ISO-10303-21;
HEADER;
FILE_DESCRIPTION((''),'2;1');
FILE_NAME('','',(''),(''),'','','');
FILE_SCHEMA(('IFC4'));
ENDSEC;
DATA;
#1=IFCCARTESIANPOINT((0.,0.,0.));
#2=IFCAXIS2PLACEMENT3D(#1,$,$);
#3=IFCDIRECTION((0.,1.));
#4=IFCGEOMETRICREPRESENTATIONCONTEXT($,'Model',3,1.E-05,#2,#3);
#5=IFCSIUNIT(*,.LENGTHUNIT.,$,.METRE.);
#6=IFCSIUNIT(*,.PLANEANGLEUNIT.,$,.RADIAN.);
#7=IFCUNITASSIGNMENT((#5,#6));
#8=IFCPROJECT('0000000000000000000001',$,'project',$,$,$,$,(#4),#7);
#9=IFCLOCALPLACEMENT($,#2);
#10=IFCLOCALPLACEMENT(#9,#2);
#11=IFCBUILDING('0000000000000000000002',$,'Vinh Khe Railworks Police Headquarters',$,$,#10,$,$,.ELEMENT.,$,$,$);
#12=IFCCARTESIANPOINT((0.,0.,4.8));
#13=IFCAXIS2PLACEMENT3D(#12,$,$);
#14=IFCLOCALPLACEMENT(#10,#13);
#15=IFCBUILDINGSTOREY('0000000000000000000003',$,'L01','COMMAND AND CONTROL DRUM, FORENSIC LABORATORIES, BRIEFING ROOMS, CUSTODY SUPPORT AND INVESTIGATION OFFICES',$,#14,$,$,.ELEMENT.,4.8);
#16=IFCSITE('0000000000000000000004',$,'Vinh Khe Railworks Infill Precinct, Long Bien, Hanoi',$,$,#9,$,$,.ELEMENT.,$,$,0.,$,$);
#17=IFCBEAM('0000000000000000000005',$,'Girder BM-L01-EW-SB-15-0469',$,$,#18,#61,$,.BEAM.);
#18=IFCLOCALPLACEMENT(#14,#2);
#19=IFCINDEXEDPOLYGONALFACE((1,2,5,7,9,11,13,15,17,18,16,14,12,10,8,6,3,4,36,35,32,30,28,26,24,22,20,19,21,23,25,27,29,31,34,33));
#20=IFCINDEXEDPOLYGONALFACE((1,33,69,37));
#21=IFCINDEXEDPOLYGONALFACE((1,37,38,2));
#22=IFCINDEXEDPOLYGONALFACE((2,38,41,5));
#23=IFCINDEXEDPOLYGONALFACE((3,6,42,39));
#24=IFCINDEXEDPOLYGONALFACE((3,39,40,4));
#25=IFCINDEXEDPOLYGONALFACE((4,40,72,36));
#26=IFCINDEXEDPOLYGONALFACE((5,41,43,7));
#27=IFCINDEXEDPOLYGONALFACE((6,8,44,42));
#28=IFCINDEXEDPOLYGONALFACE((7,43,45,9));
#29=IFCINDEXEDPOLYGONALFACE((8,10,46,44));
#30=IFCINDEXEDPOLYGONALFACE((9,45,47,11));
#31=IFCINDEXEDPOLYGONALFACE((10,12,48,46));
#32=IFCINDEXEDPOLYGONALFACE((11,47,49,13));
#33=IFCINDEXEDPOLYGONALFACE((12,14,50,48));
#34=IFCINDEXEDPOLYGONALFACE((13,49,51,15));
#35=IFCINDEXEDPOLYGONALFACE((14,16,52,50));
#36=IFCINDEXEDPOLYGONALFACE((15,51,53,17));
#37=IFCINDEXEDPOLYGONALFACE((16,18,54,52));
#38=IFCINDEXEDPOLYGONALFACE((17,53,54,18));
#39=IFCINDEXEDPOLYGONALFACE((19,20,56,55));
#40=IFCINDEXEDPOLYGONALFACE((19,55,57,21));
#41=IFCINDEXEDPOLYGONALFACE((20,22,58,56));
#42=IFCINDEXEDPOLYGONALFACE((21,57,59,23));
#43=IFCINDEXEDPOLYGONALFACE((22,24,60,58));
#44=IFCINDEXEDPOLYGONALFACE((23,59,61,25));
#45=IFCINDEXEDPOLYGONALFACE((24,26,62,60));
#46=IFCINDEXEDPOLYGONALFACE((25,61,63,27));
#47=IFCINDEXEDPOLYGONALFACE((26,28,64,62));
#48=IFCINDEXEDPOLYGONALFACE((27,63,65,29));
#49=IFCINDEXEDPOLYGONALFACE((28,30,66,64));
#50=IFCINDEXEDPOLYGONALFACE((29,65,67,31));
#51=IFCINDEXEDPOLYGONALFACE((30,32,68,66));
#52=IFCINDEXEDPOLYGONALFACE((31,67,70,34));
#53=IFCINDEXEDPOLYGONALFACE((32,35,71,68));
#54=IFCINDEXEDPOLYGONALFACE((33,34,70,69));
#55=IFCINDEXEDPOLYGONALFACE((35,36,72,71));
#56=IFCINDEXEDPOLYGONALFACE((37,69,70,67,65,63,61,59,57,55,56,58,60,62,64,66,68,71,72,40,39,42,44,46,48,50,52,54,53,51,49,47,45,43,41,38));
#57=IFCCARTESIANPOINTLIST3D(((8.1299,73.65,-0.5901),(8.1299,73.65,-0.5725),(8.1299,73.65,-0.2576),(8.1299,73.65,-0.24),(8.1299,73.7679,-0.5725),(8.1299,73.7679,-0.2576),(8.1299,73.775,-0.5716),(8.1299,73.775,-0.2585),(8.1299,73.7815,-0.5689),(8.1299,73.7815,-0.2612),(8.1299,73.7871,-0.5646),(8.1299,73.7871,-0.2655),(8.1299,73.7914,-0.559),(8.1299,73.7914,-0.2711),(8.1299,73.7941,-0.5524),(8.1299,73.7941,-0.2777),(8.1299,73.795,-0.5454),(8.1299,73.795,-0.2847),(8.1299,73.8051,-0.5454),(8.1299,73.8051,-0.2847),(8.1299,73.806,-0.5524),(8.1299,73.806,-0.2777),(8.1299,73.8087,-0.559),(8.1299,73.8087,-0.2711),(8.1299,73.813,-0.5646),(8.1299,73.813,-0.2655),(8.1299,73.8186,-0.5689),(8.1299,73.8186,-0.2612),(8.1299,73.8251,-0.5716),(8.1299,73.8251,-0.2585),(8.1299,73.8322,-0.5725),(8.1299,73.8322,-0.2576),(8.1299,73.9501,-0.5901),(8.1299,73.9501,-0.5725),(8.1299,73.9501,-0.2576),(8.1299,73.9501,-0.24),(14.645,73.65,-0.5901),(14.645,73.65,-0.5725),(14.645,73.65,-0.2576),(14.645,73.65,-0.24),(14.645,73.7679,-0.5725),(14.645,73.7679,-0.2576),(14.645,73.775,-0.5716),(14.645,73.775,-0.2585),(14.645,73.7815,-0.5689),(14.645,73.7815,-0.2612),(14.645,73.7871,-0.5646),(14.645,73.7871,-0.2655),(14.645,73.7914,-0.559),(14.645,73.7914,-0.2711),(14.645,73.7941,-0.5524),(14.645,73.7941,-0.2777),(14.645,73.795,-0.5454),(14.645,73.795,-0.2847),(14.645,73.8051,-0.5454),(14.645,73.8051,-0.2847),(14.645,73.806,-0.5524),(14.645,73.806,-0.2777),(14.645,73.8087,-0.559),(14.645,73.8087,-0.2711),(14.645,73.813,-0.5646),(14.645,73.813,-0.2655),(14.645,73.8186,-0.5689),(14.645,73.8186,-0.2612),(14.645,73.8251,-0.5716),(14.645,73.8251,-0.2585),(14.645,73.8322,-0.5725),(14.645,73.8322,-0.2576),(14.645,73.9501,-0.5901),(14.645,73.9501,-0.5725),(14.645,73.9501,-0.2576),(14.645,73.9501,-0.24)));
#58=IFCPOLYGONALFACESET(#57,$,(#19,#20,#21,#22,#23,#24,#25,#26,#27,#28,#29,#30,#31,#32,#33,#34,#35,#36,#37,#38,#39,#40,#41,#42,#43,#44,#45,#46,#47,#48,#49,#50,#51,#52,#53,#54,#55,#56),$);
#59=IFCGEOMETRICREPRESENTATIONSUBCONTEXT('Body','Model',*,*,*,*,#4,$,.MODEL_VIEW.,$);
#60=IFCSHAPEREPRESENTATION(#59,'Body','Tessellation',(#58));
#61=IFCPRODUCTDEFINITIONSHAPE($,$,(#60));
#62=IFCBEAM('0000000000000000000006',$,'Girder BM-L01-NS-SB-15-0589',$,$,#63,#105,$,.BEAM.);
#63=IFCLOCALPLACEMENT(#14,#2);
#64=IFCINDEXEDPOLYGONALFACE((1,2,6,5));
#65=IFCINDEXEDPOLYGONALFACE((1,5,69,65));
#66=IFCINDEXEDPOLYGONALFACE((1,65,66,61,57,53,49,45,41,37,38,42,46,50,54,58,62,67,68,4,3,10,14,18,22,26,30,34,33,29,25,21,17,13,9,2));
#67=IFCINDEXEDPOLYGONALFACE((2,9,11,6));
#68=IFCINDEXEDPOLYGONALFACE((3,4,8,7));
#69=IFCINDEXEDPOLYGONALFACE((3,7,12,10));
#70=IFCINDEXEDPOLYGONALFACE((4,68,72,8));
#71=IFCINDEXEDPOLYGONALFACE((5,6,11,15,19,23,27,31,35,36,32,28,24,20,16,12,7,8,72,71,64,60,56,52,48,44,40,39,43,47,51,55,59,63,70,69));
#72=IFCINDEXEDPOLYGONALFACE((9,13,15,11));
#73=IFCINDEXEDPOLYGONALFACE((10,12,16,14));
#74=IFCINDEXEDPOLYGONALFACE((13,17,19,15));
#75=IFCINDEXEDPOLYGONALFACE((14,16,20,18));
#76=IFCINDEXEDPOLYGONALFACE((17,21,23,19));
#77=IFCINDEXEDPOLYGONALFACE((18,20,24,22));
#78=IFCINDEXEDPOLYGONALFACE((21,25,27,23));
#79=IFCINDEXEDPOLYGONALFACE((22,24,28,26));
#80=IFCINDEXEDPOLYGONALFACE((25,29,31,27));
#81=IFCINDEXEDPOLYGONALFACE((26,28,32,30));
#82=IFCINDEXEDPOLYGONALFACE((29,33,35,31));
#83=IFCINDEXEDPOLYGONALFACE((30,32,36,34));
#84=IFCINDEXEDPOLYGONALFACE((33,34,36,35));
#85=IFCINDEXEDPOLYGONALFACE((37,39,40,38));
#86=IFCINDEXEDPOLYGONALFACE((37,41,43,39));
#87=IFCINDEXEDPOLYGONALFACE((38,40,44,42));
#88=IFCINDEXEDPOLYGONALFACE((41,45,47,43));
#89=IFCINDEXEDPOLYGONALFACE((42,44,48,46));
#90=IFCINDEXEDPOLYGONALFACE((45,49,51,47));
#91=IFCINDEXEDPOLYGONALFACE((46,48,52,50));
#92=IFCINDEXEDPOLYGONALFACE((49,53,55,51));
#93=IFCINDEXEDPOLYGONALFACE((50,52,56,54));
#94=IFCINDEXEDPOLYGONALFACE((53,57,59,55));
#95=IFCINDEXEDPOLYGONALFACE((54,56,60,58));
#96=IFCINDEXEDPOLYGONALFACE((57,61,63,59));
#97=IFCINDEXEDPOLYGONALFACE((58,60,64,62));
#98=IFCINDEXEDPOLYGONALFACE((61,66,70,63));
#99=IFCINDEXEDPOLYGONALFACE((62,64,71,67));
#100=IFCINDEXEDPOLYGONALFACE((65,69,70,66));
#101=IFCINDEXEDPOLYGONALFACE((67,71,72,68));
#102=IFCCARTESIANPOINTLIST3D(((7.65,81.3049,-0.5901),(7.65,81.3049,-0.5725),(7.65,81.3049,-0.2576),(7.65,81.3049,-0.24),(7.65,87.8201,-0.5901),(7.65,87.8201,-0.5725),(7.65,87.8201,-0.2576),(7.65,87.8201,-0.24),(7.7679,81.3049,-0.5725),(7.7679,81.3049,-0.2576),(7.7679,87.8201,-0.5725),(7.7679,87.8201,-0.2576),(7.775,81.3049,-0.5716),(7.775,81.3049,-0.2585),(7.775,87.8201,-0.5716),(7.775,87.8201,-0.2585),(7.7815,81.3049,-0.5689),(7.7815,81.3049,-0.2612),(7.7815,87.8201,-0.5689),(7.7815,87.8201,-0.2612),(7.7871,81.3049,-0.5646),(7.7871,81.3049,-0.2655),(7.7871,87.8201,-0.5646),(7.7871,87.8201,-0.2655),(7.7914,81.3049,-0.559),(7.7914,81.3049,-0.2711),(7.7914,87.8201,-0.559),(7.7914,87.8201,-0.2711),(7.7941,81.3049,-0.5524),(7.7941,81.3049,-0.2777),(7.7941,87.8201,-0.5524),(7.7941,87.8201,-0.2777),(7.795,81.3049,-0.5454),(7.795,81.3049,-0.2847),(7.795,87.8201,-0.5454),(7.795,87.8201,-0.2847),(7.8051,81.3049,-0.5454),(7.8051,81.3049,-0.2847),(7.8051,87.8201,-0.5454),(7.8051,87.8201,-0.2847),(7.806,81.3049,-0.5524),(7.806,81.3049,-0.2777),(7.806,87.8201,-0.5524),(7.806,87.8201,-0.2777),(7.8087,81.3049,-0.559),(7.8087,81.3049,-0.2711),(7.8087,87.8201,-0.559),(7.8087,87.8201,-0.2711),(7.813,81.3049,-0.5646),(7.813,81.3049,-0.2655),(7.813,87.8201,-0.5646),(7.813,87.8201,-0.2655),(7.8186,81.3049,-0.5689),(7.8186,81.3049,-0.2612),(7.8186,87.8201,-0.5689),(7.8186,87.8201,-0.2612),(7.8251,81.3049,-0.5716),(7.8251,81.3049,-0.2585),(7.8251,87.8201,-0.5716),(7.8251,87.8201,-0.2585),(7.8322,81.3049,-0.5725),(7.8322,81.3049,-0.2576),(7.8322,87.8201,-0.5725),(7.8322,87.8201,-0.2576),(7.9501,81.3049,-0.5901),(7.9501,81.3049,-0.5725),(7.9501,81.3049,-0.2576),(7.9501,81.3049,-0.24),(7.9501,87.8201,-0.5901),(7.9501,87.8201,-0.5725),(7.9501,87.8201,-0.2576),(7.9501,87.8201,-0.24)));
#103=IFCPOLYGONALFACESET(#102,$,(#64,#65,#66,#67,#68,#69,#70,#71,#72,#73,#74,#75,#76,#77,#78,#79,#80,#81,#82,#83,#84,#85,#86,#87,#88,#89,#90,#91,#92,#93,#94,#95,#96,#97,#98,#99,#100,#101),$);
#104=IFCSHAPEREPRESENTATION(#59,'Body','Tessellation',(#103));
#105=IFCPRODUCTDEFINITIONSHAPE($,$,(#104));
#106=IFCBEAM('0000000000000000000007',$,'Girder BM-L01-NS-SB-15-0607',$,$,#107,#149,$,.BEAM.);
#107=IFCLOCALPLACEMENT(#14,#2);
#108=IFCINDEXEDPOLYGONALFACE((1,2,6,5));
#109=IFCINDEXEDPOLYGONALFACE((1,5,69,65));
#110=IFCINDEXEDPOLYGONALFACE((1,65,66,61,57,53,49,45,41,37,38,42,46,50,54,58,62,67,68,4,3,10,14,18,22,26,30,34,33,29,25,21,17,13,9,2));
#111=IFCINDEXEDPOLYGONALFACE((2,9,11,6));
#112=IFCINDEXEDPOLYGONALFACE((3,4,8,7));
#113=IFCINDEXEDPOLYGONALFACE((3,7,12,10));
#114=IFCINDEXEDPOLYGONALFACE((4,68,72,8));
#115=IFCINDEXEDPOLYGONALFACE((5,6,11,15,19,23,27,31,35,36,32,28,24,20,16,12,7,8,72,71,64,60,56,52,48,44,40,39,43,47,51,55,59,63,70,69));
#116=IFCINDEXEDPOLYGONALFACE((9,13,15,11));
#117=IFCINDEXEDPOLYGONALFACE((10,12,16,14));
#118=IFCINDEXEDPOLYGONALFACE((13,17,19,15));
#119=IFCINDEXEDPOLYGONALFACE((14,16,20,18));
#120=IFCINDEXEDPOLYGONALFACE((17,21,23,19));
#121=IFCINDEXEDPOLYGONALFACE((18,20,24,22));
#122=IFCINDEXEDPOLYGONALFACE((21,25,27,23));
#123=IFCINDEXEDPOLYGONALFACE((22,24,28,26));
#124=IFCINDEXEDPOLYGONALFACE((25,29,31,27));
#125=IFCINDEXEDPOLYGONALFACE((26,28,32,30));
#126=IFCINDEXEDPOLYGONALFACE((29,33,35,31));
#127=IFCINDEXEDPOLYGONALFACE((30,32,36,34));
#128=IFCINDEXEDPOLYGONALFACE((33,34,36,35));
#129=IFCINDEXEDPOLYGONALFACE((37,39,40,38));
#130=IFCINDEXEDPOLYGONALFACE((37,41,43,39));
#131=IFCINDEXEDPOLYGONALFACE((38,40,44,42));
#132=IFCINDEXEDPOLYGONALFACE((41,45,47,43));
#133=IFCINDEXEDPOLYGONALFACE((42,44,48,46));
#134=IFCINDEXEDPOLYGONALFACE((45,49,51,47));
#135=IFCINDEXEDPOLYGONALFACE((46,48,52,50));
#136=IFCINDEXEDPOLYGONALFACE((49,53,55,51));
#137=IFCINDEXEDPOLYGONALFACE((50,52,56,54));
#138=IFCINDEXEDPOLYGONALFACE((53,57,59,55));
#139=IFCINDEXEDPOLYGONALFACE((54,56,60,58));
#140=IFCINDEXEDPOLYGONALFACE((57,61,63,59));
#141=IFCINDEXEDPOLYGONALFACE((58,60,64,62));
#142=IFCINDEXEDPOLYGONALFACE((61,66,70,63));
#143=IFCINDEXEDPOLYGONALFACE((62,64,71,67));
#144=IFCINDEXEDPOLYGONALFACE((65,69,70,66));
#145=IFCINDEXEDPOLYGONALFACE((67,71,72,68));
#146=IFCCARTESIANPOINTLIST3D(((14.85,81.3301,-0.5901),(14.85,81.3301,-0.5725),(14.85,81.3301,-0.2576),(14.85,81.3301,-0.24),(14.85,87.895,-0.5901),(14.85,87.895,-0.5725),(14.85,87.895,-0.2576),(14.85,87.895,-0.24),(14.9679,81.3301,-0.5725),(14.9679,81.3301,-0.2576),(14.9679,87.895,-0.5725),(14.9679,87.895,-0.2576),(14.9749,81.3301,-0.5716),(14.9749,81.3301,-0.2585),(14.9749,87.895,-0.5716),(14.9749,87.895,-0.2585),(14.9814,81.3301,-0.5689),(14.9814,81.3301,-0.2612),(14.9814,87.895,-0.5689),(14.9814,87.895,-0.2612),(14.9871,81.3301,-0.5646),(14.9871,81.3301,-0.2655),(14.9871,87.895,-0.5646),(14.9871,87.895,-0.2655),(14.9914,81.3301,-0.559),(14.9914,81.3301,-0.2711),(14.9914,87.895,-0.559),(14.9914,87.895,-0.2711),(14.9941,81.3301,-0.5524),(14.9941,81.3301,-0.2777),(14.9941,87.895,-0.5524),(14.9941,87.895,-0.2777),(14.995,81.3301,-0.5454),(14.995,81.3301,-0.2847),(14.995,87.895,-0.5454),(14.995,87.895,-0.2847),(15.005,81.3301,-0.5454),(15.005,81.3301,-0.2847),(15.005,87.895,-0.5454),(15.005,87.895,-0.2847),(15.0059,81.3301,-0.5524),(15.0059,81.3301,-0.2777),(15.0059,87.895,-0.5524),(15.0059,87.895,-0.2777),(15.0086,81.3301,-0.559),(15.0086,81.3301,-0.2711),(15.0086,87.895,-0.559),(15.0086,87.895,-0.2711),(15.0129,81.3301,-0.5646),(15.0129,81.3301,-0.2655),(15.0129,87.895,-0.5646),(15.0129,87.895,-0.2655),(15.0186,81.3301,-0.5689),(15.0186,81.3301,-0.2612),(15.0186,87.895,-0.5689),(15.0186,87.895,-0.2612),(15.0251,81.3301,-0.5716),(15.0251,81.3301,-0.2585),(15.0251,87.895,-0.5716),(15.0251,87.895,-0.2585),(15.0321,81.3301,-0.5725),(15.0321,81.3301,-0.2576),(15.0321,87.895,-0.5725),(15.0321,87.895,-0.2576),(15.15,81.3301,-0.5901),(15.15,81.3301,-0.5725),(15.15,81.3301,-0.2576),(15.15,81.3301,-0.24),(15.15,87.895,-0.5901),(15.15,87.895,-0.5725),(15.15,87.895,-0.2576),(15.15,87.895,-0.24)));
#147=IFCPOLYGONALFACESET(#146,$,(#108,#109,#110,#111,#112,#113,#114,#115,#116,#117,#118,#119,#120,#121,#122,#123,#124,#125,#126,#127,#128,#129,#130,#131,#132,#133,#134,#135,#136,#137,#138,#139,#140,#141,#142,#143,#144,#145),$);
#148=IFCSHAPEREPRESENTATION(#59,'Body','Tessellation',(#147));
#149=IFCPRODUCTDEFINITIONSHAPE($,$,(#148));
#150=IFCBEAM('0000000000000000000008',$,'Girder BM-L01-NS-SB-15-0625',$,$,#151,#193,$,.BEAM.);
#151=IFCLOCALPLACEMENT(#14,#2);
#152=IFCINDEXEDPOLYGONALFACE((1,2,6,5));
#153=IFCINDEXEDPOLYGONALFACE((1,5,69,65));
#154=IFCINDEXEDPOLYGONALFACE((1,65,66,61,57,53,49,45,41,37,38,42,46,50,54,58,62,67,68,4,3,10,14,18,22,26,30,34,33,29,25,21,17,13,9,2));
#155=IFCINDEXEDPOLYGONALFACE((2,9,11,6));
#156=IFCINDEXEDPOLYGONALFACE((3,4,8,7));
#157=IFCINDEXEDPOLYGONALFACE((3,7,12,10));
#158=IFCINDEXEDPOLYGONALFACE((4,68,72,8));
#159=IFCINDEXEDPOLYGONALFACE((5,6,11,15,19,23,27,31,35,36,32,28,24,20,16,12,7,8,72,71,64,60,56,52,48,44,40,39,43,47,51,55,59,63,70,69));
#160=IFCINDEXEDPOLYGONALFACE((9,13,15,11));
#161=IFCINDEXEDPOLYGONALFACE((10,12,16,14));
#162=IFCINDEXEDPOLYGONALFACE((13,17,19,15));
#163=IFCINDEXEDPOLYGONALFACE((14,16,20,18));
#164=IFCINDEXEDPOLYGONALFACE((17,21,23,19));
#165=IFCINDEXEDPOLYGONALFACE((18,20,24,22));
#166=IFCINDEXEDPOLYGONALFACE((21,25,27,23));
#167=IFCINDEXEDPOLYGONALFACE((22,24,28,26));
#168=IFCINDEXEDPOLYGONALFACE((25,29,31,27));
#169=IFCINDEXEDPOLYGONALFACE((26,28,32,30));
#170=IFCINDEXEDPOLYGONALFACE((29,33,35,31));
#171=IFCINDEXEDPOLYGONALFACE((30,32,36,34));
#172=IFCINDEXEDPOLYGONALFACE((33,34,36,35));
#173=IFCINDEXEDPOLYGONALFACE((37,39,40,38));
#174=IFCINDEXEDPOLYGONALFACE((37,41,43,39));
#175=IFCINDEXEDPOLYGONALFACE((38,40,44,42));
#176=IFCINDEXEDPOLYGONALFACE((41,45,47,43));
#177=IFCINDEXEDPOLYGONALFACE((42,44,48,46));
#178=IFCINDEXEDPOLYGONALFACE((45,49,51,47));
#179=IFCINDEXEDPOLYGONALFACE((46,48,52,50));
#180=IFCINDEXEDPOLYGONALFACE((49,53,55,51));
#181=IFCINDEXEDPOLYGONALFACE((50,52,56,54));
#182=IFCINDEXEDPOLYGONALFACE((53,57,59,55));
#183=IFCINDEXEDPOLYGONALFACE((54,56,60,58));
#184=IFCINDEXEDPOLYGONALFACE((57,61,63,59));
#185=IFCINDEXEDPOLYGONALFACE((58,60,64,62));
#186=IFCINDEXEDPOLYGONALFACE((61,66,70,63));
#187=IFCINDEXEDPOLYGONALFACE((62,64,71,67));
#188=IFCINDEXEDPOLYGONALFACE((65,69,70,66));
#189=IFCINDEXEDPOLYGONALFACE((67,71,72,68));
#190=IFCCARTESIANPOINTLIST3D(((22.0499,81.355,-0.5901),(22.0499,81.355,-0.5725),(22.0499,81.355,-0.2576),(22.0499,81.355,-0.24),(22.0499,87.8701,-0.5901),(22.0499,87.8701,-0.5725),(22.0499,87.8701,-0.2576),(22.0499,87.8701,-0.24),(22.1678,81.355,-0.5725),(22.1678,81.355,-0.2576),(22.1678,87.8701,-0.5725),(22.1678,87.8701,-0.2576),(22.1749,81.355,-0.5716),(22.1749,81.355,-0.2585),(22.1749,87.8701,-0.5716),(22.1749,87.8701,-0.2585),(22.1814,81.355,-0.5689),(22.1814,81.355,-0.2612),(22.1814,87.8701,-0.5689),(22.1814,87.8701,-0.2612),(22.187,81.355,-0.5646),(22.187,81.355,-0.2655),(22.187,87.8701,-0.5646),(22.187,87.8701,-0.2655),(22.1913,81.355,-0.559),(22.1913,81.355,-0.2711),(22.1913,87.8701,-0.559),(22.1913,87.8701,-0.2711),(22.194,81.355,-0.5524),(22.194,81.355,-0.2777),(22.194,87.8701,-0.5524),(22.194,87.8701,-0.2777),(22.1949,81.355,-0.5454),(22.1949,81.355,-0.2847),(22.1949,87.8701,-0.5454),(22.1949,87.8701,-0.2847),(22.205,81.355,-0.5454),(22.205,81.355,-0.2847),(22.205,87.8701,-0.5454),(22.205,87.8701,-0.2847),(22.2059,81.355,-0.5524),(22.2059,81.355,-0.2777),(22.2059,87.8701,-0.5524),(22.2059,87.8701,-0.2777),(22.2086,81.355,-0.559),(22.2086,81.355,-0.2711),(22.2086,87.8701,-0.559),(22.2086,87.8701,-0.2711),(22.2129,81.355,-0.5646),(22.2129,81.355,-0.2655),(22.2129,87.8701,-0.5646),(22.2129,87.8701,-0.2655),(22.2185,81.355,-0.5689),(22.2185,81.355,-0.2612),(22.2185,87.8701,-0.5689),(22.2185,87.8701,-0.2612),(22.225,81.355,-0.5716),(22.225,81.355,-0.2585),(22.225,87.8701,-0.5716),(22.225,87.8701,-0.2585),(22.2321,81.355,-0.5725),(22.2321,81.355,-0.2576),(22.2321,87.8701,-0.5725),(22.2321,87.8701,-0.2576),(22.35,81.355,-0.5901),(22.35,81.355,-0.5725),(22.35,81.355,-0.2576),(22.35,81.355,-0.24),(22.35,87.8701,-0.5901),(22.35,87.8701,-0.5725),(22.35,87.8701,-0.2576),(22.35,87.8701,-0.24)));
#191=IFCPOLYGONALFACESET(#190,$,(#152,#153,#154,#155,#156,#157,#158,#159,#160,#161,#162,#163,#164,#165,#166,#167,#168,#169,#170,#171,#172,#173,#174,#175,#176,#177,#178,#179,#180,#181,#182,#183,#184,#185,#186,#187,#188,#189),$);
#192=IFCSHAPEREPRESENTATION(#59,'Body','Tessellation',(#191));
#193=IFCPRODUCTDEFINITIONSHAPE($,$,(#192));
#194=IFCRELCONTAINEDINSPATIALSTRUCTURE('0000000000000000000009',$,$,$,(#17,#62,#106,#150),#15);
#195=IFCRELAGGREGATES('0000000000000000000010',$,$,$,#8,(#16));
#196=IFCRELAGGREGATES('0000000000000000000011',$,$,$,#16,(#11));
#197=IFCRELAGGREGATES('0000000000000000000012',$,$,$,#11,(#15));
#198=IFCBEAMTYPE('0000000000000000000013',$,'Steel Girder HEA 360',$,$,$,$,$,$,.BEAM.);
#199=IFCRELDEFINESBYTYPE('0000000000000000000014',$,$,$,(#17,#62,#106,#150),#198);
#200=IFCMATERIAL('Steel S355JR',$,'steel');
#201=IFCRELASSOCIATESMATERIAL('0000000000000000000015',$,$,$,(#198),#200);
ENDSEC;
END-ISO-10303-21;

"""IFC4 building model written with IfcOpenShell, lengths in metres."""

from ifc_helpers import new_model, si_unit, direction, frame, origin, origin_2d, place, context, subcontext, project, spatial, i_section, extrude, material, material_profile, profile_set, type_object, element, save


model = new_model("IFC4")

# Units and contexts
model_context = context("Model", 3, precision=1e-05, world=origin(), true_north=direction((0.0, 1.0)))
body_context = subcontext(model_context, "Body", "Model", "MODEL_VIEW")
ifc_project = project(units=[si_unit("LENGTHUNIT", "METRE"), si_unit("PLANEANGLEUNIT", "RADIAN")], contexts=[model_context])

# Site, building, storey
site_placement = place(None, origin())
site = spatial("IfcSite", under=ifc_project, at=site_placement, Name="Vinh Khe Railworks Infill Precinct, Long Bien, Hanoi", CompositionType="ELEMENT", RefElevation=0.0)
building_placement = place(site_placement, origin())
building = spatial("IfcBuilding", under=site, at=building_placement, Name="Vinh Khe Railworks Police Headquarters", CompositionType="ELEMENT")
storey_placement = place(building_placement, frame((0.0, 0.0, 4.8)))
storey = spatial("IfcBuildingStorey", under=building, at=storey_placement, Name="L01", Description="COMMAND AND CONTROL DRUM, FORENSIC LABORATORIES, BRIEFING ROOMS, CUSTODY SUPPORT AND INVESTIGATION OFFICES", CompositionType="ELEMENT", Elevation=4.8)

# Beams
ifc_material_1 = material(Name="Steel S355JR", Category="steel")
ifc_material_profile_1 = material_profile(ifc_material_1, i_section(OverallWidth=0.3, OverallDepth=0.3501, WebThickness=0.01, FlangeThickness=0.0176, FilletRadius=0.0271, at=origin_2d()), Name="HEA 360")
ifc_profile_set_1 = profile_set([ifc_material_profile_1], Name="Steel S355JR")
beam_type_1 = type_object("IfcBeamType", Name="Steel Girder HEA 360", PredefinedType="BEAM", material=ifc_profile_set_1)
for number, where, z_axis, x_axis, name in (
    (1, (8.1299, 73.8, -0.415), (1.0, 0.0, 0.0), (0.0, 1.0, 0.0), "Girder BM-L01-EW-SB-15-0469"),
    (2, (7.8, 81.3049, -0.415), (0.0, 1.0, 0.0), (-1.0, 0.0, 0.0), "Girder BM-L01-NS-SB-15-0589"),
):
    element("IfcBeam", number, at=place(storey_placement, frame(where, z_axis=z_axis, x_axis=x_axis)), inside=storey, type_object=beam_type_1, Name=name, PredefinedType="BEAM", context=body_context, shape_type="SweptSolid", body=[
        extrude(i_section(OverallWidth=0.3, OverallDepth=0.3501, WebThickness=0.01, FlangeThickness=0.0176, FilletRadius=0.0271, at=origin_2d()), origin(), (0.0, 0.0, 1.0), 6.5151),
    ])
beam_1_placement = place(storey_placement, frame((15.0, 81.3301, -0.415), z_axis=(0.0, 1.0, 0.0), x_axis=(-1.0, 0.0, 0.0)))
element("IfcBeam", 3, at=beam_1_placement, inside=storey, type_object=beam_type_1, Name="Girder BM-L01-NS-SB-15-0607", PredefinedType="BEAM", context=body_context, shape_type="SweptSolid", body=[
    extrude(i_section(OverallWidth=0.3, OverallDepth=0.3501, WebThickness=0.01, FlangeThickness=0.0176, FilletRadius=0.0271, at=origin_2d()), origin(), (0.0, 0.0, 1.0), 6.5649),
])
beam_2_placement = place(storey_placement, frame((22.2, 81.355, -0.415), z_axis=(0.0, 1.0, 0.0), x_axis=(-1.0, 0.0, 0.0)))
element("IfcBeam", 4, at=beam_2_placement, inside=storey, type_object=beam_type_1, Name="Girder BM-L01-NS-SB-15-0625", PredefinedType="BEAM", context=body_context, shape_type="SweptSolid", body=[
    extrude(i_section(OverallWidth=0.3, OverallDepth=0.3501, WebThickness=0.01, FlangeThickness=0.0176, FilletRadius=0.0271, at=origin_2d()), origin(), (0.0, 0.0, 1.0), 6.5151),
])

save(model, "model.ifc")
